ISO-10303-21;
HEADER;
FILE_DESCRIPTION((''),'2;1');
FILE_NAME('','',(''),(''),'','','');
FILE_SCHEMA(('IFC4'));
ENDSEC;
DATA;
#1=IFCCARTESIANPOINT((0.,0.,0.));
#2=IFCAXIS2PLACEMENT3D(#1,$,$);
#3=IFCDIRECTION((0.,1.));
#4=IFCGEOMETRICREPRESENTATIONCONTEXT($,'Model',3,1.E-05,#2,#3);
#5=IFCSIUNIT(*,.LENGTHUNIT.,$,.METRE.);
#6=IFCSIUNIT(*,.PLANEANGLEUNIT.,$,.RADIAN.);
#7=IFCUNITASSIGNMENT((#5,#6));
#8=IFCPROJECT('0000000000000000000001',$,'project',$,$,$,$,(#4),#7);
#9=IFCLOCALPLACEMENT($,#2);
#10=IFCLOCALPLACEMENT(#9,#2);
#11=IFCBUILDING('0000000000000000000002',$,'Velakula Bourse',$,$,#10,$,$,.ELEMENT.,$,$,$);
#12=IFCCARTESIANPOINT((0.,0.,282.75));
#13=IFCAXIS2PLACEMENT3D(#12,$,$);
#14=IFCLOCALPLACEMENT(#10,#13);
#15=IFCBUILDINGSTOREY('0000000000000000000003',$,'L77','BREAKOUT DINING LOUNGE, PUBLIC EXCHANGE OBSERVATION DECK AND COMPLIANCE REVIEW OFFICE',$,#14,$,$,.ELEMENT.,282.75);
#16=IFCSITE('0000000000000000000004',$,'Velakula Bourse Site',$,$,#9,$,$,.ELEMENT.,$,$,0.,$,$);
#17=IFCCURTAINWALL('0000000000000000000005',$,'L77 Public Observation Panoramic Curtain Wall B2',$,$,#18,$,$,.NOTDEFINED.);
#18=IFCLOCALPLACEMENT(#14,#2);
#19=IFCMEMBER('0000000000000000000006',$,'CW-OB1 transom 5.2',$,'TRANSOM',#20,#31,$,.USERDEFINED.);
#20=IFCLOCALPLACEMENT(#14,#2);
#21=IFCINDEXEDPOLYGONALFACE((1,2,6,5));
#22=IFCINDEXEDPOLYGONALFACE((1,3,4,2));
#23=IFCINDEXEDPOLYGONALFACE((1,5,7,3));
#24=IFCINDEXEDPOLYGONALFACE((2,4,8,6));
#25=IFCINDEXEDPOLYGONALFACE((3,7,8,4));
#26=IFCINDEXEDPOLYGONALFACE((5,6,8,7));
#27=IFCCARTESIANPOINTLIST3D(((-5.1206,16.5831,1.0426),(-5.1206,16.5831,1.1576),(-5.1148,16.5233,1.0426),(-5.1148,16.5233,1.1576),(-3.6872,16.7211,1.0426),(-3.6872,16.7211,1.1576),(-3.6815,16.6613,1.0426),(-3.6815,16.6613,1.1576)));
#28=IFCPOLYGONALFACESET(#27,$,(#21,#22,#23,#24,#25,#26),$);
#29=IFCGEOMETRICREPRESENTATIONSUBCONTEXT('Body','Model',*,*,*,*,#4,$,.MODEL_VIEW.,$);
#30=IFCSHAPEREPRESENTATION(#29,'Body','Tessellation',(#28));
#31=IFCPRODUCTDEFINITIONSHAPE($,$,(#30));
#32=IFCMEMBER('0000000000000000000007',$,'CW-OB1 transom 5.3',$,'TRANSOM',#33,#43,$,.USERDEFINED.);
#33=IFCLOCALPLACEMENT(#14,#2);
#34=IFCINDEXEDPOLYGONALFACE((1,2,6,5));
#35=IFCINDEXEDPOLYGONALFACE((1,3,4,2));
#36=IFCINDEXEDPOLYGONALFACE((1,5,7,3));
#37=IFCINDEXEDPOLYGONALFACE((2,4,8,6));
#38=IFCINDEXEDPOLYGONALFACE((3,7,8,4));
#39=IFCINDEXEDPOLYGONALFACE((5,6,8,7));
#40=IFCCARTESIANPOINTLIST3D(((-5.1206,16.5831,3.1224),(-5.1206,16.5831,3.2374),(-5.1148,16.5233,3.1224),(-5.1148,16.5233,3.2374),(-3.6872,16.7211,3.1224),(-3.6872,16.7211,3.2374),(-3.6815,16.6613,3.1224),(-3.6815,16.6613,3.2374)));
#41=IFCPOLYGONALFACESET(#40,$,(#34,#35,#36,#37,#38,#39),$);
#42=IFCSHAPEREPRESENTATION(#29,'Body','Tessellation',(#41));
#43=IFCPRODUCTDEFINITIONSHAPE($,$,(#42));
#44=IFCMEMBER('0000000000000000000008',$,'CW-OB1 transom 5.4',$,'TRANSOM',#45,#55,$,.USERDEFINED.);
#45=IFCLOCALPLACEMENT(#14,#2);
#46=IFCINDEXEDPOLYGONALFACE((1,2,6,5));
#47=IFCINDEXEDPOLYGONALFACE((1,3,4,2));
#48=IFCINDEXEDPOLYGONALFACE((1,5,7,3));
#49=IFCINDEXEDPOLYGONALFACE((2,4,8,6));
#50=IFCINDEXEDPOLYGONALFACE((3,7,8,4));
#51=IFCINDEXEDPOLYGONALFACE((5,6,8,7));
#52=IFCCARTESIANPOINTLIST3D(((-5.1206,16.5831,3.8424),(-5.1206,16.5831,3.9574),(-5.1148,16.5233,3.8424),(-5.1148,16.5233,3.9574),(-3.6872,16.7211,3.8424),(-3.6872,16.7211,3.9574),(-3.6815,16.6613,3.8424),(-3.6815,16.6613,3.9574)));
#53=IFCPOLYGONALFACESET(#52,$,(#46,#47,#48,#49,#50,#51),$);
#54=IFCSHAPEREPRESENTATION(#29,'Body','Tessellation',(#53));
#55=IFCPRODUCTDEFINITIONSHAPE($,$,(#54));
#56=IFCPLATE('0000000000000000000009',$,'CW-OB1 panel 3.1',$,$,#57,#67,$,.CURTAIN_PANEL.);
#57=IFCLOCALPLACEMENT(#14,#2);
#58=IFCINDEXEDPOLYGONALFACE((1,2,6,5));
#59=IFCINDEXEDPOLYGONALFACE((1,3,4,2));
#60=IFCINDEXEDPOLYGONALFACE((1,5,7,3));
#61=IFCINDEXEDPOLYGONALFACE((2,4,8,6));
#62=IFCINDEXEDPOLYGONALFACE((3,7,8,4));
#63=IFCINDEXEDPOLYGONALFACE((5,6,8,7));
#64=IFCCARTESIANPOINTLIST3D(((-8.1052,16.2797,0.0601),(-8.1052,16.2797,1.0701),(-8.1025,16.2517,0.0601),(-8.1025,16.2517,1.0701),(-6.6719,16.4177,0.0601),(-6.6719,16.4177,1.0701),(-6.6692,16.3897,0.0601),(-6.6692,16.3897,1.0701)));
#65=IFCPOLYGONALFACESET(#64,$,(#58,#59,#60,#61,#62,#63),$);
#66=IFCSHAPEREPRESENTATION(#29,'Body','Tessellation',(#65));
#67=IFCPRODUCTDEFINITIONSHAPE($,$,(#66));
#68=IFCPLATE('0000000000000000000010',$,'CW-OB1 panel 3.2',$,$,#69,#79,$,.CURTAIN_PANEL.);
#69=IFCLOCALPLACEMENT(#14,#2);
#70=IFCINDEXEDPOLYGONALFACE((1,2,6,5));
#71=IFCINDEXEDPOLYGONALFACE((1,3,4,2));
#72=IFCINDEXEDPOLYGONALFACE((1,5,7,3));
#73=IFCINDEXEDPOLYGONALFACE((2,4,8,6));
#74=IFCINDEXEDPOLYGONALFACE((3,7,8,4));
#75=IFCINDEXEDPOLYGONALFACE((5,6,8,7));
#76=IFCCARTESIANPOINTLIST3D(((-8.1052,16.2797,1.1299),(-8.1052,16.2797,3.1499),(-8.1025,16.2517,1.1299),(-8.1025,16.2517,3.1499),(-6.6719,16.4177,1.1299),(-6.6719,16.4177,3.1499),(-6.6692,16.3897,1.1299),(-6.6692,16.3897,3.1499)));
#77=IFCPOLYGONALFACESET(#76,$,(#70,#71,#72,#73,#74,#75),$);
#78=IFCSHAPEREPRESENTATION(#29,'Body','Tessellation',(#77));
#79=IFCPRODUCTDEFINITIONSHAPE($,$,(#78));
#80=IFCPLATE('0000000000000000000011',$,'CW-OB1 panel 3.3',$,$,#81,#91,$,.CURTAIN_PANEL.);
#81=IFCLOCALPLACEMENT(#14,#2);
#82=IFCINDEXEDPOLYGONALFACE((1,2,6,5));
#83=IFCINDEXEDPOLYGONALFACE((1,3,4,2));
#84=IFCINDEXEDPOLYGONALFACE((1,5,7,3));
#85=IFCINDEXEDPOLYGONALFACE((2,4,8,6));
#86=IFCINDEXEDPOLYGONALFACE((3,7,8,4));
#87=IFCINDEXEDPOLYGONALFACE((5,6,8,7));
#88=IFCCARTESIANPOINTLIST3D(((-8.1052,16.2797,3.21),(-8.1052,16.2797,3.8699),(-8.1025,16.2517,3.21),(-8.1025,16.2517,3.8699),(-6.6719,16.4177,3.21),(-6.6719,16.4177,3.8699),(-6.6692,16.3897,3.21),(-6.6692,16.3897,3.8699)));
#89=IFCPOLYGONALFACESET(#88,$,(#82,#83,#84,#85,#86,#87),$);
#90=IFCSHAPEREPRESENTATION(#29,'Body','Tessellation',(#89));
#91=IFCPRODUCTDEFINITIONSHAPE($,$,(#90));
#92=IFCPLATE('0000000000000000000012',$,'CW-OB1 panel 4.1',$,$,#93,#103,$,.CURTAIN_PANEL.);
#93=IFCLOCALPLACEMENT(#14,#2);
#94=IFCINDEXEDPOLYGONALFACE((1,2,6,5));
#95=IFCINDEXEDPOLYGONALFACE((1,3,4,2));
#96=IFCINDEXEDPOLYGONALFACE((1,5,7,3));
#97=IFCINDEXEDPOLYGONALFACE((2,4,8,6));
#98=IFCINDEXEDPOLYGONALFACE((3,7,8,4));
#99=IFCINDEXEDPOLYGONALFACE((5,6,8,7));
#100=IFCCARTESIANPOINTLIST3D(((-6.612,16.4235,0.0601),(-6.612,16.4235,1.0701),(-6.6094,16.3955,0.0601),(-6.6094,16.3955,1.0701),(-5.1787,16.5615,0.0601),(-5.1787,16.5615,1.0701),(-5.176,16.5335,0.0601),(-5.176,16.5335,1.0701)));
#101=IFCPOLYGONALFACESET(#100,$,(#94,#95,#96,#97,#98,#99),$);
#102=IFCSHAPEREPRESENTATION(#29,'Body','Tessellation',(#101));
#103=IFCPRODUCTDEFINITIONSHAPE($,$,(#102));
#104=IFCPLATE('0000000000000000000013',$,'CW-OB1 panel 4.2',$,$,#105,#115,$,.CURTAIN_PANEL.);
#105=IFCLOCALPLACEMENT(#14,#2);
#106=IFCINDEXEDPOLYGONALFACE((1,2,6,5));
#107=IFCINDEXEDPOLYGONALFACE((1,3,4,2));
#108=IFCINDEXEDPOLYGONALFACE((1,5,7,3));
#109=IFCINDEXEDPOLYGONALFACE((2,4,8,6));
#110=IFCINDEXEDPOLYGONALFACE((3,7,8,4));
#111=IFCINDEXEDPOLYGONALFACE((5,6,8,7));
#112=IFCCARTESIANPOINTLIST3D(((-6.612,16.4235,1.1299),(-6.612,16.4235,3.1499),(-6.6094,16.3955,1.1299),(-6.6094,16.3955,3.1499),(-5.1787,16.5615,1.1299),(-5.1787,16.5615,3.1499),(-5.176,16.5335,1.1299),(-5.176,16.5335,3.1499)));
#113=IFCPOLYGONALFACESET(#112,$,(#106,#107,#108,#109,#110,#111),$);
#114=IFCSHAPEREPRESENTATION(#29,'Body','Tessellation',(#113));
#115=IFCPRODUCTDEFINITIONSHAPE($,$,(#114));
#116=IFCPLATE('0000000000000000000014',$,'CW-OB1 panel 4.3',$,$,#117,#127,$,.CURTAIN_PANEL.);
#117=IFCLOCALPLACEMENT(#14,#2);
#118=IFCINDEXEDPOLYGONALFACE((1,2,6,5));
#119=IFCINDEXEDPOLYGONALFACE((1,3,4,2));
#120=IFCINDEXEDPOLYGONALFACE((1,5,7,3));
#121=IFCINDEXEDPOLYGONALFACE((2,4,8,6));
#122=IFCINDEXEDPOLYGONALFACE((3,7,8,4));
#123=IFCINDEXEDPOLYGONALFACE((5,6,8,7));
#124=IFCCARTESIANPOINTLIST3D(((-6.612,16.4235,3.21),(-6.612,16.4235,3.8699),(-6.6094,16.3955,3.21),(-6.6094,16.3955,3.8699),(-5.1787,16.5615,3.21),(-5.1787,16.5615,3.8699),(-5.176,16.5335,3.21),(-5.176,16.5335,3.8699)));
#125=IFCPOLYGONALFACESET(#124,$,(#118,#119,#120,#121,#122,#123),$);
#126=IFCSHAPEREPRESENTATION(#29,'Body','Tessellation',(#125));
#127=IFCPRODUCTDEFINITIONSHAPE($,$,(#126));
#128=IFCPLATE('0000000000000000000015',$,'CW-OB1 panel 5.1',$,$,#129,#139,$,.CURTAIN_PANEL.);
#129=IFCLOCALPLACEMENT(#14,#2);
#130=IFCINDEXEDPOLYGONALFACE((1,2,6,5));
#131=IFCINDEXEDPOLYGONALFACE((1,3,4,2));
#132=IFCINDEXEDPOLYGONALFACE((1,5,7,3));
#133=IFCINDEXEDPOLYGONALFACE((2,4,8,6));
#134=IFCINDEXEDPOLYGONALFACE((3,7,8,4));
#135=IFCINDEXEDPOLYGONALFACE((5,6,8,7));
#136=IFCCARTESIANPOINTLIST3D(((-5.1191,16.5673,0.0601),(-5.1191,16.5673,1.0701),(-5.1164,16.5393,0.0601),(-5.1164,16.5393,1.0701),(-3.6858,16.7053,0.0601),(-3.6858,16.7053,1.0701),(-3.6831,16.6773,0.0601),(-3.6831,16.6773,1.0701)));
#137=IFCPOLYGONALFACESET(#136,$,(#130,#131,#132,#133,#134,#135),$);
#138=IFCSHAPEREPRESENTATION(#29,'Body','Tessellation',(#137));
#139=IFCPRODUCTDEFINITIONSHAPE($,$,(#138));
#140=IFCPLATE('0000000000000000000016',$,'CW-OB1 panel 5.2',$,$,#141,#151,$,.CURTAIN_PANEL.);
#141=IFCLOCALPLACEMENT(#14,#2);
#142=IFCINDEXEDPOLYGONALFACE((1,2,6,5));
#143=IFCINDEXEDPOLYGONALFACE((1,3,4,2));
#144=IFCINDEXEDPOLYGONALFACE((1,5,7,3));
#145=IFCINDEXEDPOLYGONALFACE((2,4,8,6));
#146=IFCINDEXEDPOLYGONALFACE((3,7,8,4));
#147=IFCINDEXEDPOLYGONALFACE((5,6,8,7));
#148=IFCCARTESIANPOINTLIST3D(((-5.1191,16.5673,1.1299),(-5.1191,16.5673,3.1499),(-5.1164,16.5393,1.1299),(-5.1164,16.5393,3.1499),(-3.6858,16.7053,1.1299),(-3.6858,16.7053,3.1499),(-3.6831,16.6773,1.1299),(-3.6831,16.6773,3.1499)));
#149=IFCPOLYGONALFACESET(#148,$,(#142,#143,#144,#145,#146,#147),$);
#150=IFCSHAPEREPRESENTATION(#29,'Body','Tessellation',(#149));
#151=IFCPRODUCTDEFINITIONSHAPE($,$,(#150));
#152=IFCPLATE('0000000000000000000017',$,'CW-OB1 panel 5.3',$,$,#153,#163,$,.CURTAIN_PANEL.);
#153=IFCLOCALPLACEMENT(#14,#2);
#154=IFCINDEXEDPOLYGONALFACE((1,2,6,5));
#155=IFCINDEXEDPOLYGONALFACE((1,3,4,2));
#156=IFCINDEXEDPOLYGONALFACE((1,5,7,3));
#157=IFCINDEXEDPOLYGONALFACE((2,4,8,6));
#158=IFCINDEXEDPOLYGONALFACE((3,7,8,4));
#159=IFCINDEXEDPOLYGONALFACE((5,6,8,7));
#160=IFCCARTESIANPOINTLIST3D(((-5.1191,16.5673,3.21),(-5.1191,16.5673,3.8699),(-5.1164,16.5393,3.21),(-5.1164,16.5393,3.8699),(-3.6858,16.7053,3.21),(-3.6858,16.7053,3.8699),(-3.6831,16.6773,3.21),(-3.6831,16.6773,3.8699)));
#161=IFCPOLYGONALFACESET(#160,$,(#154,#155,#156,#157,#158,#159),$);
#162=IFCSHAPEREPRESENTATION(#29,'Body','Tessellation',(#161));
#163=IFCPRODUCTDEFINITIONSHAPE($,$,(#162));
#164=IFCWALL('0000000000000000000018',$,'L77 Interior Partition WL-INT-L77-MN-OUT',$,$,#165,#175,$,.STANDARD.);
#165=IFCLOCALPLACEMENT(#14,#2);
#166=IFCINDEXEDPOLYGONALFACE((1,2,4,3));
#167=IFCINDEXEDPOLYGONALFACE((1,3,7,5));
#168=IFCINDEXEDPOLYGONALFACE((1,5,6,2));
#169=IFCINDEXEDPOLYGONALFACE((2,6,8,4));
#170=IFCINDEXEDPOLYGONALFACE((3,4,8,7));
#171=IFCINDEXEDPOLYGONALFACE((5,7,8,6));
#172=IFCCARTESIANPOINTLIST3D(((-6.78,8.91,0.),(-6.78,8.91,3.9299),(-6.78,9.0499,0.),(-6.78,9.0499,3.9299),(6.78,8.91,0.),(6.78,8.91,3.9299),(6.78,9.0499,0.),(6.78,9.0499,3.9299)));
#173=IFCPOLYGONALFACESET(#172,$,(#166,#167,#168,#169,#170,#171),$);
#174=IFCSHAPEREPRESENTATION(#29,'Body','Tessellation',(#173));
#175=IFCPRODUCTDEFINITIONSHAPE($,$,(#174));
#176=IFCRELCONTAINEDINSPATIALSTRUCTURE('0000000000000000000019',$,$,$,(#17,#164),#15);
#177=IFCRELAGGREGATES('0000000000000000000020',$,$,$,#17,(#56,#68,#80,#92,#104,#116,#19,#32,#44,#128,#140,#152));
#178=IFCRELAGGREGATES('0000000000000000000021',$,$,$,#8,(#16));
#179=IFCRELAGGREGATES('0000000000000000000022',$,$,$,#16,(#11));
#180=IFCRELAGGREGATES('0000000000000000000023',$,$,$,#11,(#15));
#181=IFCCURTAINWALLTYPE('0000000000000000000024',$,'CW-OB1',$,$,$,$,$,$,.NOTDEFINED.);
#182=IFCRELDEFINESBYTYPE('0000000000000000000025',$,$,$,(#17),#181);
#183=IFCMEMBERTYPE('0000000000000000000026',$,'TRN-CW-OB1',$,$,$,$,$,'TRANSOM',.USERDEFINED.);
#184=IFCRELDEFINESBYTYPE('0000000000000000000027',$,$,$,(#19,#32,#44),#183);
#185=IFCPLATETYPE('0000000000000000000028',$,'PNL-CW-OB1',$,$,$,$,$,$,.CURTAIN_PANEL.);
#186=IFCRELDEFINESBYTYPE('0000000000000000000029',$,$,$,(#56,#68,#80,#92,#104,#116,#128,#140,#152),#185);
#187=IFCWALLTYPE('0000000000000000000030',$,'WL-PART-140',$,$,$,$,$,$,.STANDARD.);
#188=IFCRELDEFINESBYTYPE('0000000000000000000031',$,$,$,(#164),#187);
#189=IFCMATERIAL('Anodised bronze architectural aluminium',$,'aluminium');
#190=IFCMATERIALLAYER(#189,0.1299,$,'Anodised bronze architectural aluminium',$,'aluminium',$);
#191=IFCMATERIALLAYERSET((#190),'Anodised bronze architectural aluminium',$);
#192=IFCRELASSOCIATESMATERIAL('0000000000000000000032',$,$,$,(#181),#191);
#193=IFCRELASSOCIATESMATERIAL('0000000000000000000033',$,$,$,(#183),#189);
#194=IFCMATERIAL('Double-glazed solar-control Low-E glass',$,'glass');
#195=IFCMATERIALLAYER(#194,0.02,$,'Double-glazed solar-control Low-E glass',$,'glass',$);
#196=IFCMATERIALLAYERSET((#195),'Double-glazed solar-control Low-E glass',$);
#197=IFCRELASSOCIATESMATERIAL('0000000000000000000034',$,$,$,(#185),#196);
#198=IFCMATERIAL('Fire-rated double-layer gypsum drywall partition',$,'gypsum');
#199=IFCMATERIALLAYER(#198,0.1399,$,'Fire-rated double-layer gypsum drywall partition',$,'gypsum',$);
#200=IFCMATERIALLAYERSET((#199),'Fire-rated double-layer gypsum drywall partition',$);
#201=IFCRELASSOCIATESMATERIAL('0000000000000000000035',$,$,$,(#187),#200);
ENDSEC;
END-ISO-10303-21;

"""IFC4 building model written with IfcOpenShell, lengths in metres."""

from ifc_helpers import new_model, si_unit, direction, frame, frame_2d, origin, origin_2d, place, context, subcontext, project, spatial, rectangle, extrude, material, layer, layer_set, material_profile, profile_set, type_object, element, aggregate, save


model = new_model("IFC4")

# Units and contexts
model_context = context("Model", 3, precision=1e-05, world=origin(), true_north=direction((0.0, 1.0)))
body_context = subcontext(model_context, "Body", "Model", "MODEL_VIEW")
ifc_project = project(units=[si_unit("LENGTHUNIT", "METRE"), si_unit("PLANEANGLEUNIT", "RADIAN")], contexts=[model_context])

# Site, building, storey
site_placement = place(None, origin())
site = spatial("IfcSite", under=ifc_project, at=site_placement, Name="Velakula Bourse Site", CompositionType="ELEMENT", RefElevation=0.0)
building_placement = place(site_placement, origin())
building = spatial("IfcBuilding", under=site, at=building_placement, Name="Velakula Bourse", CompositionType="ELEMENT")
storey_placement = place(building_placement, frame((0.0, 0.0, 282.75)))
storey = spatial("IfcBuildingStorey", under=building, at=storey_placement, Name="L77", Description="BREAKOUT DINING LOUNGE, PUBLIC EXCHANGE OBSERVATION DECK AND COMPLIANCE REVIEW OFFICE", CompositionType="ELEMENT", Elevation=282.75)

# Curtain wall, members, plates
ifc_material_1 = material(Name="Anodised bronze architectural aluminium", Category="aluminium")
ifc_layer_1 = layer(ifc_material_1, 0.1299, Name="Anodised bronze architectural aluminium", Category="aluminium")
ifc_layer_set_1 = layer_set([ifc_layer_1], Name="Anodised bronze architectural aluminium")
curtain_wall_type = type_object("IfcCurtainWallType", Name="CW-OB1", PredefinedType="NOTDEFINED", material=ifc_layer_set_1)
curtain_wall_placement = place(storey_placement, origin())
curtain_wall = element("IfcCurtainWall", 1, at=curtain_wall_placement, inside=storey, type_object=curtain_wall_type, Name="L77 Public Observation Panoramic Curtain Wall B2", PredefinedType="NOTDEFINED")
ifc_material_profile_1 = material_profile(ifc_material_1, rectangle(XDim=0.0601, YDim=0.115, at=origin_2d()), Name="Anodised bronze architectural aluminium")
ifc_profile_set_1 = profile_set([ifc_material_profile_1], Name="Anodised bronze architectural aluminium")
member_type_1 = type_object("IfcMemberType", Name="TRN-CW-OB1", ElementType="TRANSOM", PredefinedType="USERDEFINED", material=ifc_profile_set_1)
member_1_placement = place(storey_placement, frame((-5.1177, 16.5532, 1.1001), z_axis=(0.995401, 0.095793, 0.0), x_axis=(-0.095793, 0.995401, 0.0)))
member_1 = element("IfcMember", 2, at=member_1_placement, type_object=member_type_1, Name="CW-OB1 transom 5.2", ObjectType="TRANSOM", PredefinedType="USERDEFINED", context=body_context, shape_type="SweptSolid", body=[
    extrude(rectangle(XDim=0.0601, YDim=0.115, at=origin_2d()), origin(), (0.0, 0.0, 1.0), 1.4399),
])
member_2_placement = place(storey_placement, frame((-5.1177, 16.5532, 3.1799), z_axis=(0.995401, 0.095793, 0.0), x_axis=(-0.095793, 0.995401, 0.0)))
member_2 = element("IfcMember", 3, at=member_2_placement, type_object=member_type_1, Name="CW-OB1 transom 5.3", ObjectType="TRANSOM", PredefinedType="USERDEFINED", context=body_context, shape_type="SweptSolid", body=[
    extrude(rectangle(XDim=0.0601, YDim=0.115, at=origin_2d()), origin(), (0.0, 0.0, 1.0), 1.4399),
])
member_3_placement = place(storey_placement, frame((-5.1177, 16.5532, 3.8999), z_axis=(0.995401, 0.095793, 0.0), x_axis=(-0.095793, 0.995401, 0.0)))
member_3 = element("IfcMember", 4, at=member_3_placement, type_object=member_type_1, Name="CW-OB1 transom 5.4", ObjectType="TRANSOM", PredefinedType="USERDEFINED", context=body_context, shape_type="SweptSolid", body=[
    extrude(rectangle(XDim=0.0601, YDim=0.115, at=origin_2d()), origin(), (0.0, 0.0, 1.0), 1.4399),
])
ifc_material_2 = material(Name="Double-glazed solar-control Low-E glass", Category="glass")
ifc_layer_2 = layer(ifc_material_2, 0.02, Name="Double-glazed solar-control Low-E glass", Category="glass")
ifc_layer_set_2 = layer_set([ifc_layer_2], Name="Double-glazed solar-control Low-E glass")
plate_type = type_object("IfcPlateType", Name="PNL-CW-OB1", PredefinedType="CURTAIN_PANEL", material=ifc_layer_set_2)
plate_1_placement = place(storey_placement, frame((-7.3872, 16.3347, 0.0601), z_axis=(0.0, 0.0, 1.0), x_axis=(0.995396, 0.095845, 0.0)))
plate_1 = element("IfcPlate", 5, at=plate_1_placement, type_object=plate_type, Name="CW-OB1 panel 3.1", PredefinedType="CURTAIN_PANEL", context=body_context, shape_type="SweptSolid", body=[
    extrude(rectangle(XDim=1.4399, YDim=0.0281, at=origin_2d()), origin(), (0.0, 0.0, 1.0), 1.01),
])
plate_2_placement = place(storey_placement, frame((-7.3872, 16.3347, 1.1299), z_axis=(0.0, 0.0, 1.0), x_axis=(0.995396, 0.095845, 0.0)))
plate_2 = element("IfcPlate", 6, at=plate_2_placement, type_object=plate_type, Name="CW-OB1 panel 3.2", PredefinedType="CURTAIN_PANEL", context=body_context, shape_type="SweptSolid", body=[
    extrude(rectangle(XDim=1.4399, YDim=0.0281, at=origin_2d()), origin(), (0.0, 0.0, 1.0), 2.02),
])
plate_3_placement = place(storey_placement, frame((-7.3872, 16.3347, 3.21), z_axis=(0.0, 0.0, 1.0), x_axis=(0.995396, 0.095845, 0.0)))
plate_3 = element("IfcPlate", 7, at=plate_3_placement, type_object=plate_type, Name="CW-OB1 panel 3.3", PredefinedType="CURTAIN_PANEL", context=body_context, shape_type="SweptSolid", body=[
    extrude(rectangle(XDim=1.4399, YDim=0.0281, at=origin_2d()), origin(), (0.0, 0.0, 1.0), 0.6599),
])
plate_4_placement = place(storey_placement, frame((-5.894, 16.4785, 0.0601), z_axis=(0.0, 0.0, 1.0), x_axis=(0.995396, 0.095845, 0.0)))
plate_4 = element("IfcPlate", 8, at=plate_4_placement, type_object=plate_type, Name="CW-OB1 panel 4.1", PredefinedType="CURTAIN_PANEL", context=body_context, shape_type="SweptSolid", body=[
    extrude(rectangle(XDim=1.4399, YDim=0.0281, at=origin_2d()), origin(), (0.0, 0.0, 1.0), 1.01),
])
plate_5_placement = place(storey_placement, frame((-5.894, 16.4785, 1.1299), z_axis=(0.0, 0.0, 1.0), x_axis=(0.995396, 0.095845, 0.0)))
plate_5 = element("IfcPlate", 9, at=plate_5_placement, type_object=plate_type, Name="CW-OB1 panel 4.2", PredefinedType="CURTAIN_PANEL", context=body_context, shape_type="SweptSolid", body=[
    extrude(rectangle(XDim=1.4399, YDim=0.0281, at=origin_2d()), origin(), (0.0, 0.0, 1.0), 2.02),
])
plate_6_placement = place(storey_placement, frame((-5.894, 16.4785, 3.21), z_axis=(0.0, 0.0, 1.0), x_axis=(0.995396, 0.095845, 0.0)))
plate_6 = element("IfcPlate", 10, at=plate_6_placement, type_object=plate_type, Name="CW-OB1 panel 4.3", PredefinedType="CURTAIN_PANEL", context=body_context, shape_type="SweptSolid", body=[
    extrude(rectangle(XDim=1.4399, YDim=0.0281, at=origin_2d()), origin(), (0.0, 0.0, 1.0), 0.6599),
])
plate_7_placement = place(storey_placement, frame((-4.4011, 16.6223, 0.0601), z_axis=(0.0, 0.0, 1.0), x_axis=(0.995396, 0.095845, 0.0)))
plate_7 = element("IfcPlate", 11, at=plate_7_placement, type_object=plate_type, Name="CW-OB1 panel 5.1", PredefinedType="CURTAIN_PANEL", context=body_context, shape_type="SweptSolid", body=[
    extrude(rectangle(XDim=1.4399, YDim=0.0281, at=origin_2d()), origin(), (0.0, 0.0, 1.0), 1.01),
])
plate_8_placement = place(storey_placement, frame((-4.4011, 16.6223, 1.1299), z_axis=(0.0, 0.0, 1.0), x_axis=(0.995396, 0.095845, 0.0)))
plate_8 = element("IfcPlate", 12, at=plate_8_placement, type_object=plate_type, Name="CW-OB1 panel 5.2", PredefinedType="CURTAIN_PANEL", context=body_context, shape_type="SweptSolid", body=[
    extrude(rectangle(XDim=1.4399, YDim=0.0281, at=origin_2d()), origin(), (0.0, 0.0, 1.0), 2.02),
])
plate_9_placement = place(storey_placement, frame((-4.4011, 16.6223, 3.21), z_axis=(0.0, 0.0, 1.0), x_axis=(0.995396, 0.095845, 0.0)))
plate_9 = element("IfcPlate", 13, at=plate_9_placement, type_object=plate_type, Name="CW-OB1 panel 5.3", PredefinedType="CURTAIN_PANEL", context=body_context, shape_type="SweptSolid", body=[
    extrude(rectangle(XDim=1.4399, YDim=0.0281, at=origin_2d()), origin(), (0.0, 0.0, 1.0), 0.6599),
])
aggregate(curtain_wall, [plate_1, plate_2, plate_3, plate_4, plate_5, plate_6, member_1, member_2, member_3, plate_7, plate_8, plate_9])

# Wall
ifc_material_3 = material(Name="Fire-rated double-layer gypsum drywall partition", Category="gypsum")
ifc_layer_3 = layer(ifc_material_3, 0.1399, Name="Fire-rated double-layer gypsum drywall partition", Category="gypsum")
ifc_layer_set_3 = layer_set([ifc_layer_3], Name="Fire-rated double-layer gypsum drywall partition")
wall_type = type_object("IfcWallType", Name="WL-PART-140", PredefinedType="STANDARD", material=ifc_layer_set_3)
wall_placement = place(storey_placement, frame((-6.78, 8.98, 0.0), z_axis=(0.0, 0.0, 1.0), x_axis=(1.0, 0.0, 0.0)))
element("IfcWall", 14, at=wall_placement, inside=storey, type_object=wall_type, Name="L77 Interior Partition WL-INT-L77-MN-OUT", PredefinedType="STANDARD", context=body_context, shape_type="SweptSolid", body=[
    extrude(rectangle(XDim=13.5601, YDim=0.1399, at=frame_2d((6.78, 0.0))), origin(), (0.0, 0.0, 1.0), 3.9299),
])

save(model, "model.ifc")
